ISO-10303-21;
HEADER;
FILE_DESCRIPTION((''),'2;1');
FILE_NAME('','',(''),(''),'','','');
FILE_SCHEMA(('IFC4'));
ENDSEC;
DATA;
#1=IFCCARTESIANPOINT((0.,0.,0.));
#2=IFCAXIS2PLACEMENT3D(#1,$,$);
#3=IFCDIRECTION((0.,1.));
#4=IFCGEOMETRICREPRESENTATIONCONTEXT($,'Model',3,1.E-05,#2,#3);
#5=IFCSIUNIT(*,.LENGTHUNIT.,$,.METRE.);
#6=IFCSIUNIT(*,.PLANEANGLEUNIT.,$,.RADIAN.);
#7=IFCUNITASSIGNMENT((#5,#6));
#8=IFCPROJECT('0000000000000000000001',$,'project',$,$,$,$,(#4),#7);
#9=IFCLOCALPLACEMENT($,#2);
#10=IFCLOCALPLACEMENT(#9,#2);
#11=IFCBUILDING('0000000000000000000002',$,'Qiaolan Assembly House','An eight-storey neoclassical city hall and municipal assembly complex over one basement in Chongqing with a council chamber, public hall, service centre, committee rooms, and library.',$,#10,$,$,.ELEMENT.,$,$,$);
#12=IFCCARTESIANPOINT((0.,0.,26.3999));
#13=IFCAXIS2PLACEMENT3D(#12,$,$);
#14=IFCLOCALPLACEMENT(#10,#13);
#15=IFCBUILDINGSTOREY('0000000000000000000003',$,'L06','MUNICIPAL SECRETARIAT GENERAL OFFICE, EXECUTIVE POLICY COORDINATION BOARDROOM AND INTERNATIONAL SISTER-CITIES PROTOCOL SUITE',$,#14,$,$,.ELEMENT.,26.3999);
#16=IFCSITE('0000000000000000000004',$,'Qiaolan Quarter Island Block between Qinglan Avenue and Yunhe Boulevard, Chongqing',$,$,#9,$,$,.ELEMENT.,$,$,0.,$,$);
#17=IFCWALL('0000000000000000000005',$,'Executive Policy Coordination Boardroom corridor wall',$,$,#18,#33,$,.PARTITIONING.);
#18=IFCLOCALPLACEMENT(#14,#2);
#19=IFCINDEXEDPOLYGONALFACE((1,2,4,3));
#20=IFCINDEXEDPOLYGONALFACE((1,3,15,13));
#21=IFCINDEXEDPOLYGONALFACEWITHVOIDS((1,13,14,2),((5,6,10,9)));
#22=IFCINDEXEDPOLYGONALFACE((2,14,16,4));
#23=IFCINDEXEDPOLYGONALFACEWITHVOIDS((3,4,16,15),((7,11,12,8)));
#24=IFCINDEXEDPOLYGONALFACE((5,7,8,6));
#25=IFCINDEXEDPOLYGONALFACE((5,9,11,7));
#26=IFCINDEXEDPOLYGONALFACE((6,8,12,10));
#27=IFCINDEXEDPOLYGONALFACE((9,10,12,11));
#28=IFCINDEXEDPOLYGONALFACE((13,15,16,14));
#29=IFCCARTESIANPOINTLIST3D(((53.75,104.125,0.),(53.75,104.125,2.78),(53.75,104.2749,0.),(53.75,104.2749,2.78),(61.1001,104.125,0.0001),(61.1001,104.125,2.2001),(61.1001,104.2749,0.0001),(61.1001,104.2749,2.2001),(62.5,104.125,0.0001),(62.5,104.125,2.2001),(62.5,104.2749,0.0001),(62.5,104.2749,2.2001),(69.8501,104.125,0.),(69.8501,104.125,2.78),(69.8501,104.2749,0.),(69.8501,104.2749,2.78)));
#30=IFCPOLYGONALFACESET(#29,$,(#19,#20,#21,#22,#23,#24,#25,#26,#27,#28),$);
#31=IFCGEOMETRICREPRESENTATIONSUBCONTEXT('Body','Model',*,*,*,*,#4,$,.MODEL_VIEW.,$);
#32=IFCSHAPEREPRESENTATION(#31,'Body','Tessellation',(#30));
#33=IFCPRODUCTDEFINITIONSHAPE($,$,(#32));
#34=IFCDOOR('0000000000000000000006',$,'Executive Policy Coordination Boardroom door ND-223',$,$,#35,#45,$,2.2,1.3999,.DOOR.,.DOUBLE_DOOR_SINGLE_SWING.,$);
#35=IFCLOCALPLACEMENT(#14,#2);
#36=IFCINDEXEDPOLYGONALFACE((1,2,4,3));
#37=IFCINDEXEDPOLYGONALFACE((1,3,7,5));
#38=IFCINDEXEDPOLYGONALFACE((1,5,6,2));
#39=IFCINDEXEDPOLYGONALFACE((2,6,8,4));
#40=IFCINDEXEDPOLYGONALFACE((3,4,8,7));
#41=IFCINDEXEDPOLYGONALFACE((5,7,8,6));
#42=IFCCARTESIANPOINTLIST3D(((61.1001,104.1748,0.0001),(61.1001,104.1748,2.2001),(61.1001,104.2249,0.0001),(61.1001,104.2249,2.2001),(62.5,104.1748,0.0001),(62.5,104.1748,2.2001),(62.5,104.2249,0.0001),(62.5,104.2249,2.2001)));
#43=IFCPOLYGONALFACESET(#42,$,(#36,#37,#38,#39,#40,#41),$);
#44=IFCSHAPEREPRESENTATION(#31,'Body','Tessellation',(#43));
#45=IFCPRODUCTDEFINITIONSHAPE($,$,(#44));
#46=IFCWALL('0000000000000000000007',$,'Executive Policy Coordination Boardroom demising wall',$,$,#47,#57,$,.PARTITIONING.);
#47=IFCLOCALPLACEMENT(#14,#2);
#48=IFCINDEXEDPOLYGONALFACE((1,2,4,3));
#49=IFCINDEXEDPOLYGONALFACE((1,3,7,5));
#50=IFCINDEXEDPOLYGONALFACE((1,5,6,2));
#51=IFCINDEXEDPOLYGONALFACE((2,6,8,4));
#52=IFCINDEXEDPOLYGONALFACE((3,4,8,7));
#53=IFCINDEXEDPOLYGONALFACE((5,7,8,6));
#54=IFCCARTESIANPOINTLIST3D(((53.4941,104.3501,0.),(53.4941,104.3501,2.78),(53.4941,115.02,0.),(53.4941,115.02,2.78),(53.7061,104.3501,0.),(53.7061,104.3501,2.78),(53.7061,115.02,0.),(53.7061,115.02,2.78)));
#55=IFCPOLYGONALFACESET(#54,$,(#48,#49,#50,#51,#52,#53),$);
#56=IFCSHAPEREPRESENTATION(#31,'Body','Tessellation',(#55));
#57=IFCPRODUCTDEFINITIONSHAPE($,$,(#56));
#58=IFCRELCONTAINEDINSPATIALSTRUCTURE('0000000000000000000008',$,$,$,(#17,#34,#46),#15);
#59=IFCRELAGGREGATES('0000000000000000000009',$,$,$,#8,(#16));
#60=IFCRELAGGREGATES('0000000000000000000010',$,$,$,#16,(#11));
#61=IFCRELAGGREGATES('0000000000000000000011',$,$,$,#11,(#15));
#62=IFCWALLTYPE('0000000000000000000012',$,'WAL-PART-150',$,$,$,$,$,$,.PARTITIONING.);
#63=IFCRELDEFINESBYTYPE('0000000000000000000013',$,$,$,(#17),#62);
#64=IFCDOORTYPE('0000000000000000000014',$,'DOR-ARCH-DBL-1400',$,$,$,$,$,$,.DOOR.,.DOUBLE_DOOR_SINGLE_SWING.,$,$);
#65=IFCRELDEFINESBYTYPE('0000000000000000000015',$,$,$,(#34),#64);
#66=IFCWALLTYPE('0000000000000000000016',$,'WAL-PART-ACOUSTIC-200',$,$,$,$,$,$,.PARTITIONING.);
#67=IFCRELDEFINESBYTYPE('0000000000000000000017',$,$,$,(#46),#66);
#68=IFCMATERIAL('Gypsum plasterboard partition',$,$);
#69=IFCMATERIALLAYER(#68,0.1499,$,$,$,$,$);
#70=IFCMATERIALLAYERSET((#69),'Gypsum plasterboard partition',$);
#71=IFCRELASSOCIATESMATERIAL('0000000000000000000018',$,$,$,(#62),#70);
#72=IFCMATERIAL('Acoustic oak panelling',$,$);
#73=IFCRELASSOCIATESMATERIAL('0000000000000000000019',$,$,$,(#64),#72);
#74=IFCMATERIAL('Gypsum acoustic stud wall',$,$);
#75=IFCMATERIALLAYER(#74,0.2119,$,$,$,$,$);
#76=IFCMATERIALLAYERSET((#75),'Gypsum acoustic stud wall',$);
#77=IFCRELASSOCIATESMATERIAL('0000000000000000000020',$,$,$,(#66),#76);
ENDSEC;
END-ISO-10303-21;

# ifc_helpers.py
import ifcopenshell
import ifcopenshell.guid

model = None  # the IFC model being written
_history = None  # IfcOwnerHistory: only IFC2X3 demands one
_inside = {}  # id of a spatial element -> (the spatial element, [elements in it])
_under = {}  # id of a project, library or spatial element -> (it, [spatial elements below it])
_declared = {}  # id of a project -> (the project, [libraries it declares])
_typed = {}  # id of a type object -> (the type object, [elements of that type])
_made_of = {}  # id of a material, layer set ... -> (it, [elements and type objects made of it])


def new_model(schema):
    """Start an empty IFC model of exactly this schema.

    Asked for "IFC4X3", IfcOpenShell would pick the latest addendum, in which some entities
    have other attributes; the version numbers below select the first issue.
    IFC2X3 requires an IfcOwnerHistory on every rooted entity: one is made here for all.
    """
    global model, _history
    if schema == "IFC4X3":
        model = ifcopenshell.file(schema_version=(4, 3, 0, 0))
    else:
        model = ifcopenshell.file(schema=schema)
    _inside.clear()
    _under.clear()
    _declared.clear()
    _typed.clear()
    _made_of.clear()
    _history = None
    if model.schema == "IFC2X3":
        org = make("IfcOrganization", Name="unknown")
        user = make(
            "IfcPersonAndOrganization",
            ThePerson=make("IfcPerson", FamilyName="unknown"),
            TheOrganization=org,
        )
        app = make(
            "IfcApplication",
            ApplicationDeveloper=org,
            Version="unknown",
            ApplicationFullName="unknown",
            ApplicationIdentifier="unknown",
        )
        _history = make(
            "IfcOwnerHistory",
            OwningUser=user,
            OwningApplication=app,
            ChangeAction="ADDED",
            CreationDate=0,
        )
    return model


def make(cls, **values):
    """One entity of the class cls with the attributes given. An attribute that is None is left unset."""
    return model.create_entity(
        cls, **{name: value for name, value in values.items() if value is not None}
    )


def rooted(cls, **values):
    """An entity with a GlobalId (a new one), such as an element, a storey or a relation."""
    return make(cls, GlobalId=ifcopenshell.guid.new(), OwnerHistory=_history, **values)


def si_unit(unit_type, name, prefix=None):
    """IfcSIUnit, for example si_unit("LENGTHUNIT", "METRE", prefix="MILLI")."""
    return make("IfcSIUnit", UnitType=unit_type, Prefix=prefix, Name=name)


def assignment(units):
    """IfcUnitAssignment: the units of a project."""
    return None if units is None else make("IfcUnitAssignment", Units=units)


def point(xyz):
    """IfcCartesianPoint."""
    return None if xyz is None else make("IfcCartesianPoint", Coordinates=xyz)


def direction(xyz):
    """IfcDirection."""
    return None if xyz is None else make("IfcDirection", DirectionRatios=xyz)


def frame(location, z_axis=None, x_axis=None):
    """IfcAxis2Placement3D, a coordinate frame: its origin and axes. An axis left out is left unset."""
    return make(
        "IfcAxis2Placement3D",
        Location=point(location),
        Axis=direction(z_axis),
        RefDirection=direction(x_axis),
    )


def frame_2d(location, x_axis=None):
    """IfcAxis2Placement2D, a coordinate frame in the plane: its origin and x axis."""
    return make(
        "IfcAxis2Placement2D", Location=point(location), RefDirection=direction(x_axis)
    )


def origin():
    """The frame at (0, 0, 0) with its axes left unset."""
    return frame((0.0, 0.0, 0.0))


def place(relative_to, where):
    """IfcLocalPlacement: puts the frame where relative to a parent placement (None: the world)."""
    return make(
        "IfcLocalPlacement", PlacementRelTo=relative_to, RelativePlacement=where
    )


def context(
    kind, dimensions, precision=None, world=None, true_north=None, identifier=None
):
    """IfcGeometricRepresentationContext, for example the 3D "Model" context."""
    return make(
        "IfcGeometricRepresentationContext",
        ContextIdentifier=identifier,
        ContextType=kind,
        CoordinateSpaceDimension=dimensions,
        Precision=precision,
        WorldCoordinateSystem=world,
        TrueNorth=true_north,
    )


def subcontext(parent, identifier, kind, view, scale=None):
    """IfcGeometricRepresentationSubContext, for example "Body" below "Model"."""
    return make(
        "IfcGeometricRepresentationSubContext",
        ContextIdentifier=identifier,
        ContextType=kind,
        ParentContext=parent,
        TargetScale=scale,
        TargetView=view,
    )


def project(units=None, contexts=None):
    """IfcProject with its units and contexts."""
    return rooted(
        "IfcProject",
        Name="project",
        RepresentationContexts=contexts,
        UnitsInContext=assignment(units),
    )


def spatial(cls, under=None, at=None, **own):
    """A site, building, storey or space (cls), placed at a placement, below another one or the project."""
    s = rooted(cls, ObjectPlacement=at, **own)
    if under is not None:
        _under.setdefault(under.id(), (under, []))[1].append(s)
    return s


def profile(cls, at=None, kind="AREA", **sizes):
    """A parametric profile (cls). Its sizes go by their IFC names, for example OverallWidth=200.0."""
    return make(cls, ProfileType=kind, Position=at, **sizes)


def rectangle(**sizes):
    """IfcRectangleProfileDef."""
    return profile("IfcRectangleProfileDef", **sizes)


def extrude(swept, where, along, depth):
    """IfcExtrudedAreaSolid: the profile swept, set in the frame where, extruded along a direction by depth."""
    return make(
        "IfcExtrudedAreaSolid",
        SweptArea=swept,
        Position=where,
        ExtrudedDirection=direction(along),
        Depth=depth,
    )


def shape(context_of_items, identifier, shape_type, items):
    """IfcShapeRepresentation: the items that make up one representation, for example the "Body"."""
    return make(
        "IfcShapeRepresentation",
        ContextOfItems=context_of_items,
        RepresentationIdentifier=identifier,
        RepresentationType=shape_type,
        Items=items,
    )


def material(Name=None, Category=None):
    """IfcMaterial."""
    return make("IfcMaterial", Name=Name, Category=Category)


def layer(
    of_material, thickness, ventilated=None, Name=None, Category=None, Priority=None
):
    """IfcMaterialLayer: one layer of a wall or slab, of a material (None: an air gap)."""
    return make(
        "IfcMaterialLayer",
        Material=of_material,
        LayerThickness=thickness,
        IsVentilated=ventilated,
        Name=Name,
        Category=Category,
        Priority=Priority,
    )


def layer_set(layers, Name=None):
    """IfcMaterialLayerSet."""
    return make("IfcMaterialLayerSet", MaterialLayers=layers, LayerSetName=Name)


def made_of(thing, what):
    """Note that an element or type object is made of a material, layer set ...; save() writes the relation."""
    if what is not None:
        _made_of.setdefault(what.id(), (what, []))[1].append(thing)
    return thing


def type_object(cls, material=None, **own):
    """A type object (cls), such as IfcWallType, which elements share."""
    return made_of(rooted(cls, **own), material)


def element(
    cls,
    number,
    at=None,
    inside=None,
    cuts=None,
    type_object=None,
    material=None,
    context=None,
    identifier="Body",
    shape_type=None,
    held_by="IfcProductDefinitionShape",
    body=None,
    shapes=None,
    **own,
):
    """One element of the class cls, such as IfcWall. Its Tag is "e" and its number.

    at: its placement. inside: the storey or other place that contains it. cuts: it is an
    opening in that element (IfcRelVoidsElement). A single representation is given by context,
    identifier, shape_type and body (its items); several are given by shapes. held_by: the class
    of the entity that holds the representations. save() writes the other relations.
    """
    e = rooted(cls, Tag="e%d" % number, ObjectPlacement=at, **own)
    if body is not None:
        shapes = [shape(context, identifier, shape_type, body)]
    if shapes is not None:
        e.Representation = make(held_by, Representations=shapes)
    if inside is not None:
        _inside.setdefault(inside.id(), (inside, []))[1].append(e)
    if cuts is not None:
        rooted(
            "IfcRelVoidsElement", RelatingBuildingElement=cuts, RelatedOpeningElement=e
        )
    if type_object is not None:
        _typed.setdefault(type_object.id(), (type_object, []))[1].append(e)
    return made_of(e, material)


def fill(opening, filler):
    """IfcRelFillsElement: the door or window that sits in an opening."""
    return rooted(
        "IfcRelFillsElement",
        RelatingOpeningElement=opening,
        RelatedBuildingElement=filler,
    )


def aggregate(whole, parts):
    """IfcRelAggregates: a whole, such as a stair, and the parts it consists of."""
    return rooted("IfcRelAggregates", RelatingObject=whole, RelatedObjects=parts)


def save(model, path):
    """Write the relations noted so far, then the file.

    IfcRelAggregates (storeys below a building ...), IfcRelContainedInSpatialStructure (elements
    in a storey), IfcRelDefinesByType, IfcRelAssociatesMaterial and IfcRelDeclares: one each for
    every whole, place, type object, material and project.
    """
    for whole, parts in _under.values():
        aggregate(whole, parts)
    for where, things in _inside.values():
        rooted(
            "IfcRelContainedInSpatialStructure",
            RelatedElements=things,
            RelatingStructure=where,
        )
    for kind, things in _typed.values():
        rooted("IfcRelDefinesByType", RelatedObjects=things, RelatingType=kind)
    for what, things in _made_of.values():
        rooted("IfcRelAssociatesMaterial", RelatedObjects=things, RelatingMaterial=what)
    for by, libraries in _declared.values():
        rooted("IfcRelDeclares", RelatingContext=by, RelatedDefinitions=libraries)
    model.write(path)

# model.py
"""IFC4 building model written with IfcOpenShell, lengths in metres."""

from ifc_helpers import new_model, si_unit, direction, frame, frame_2d, origin, place, context, subcontext, project, spatial, rectangle, extrude, material, layer, layer_set, type_object, element, fill, save


model = new_model("IFC4")

# Units and contexts
model_context = context("Model", 3, precision=1e-05, world=origin(), true_north=direction((0.0, 1.0)))
body_context = subcontext(model_context, "Body", "Model", "MODEL_VIEW")
ifc_project = project(units=[si_unit("LENGTHUNIT", "METRE"), si_unit("PLANEANGLEUNIT", "RADIAN")], contexts=[model_context])

# Site, building, storey
site_placement = place(None, origin())
site = spatial("IfcSite", under=ifc_project, at=site_placement, Name="Qiaolan Quarter Island Block between Qinglan Avenue and Yunhe Boulevard, Chongqing", CompositionType="ELEMENT", RefElevation=0.0)
building_placement = place(site_placement, origin())
building = spatial("IfcBuilding", under=site, at=building_placement, Name="Qiaolan Assembly House", Description="An eight-storey neoclassical city hall and municipal assembly complex over one basement in Chongqing with a council chamber, public hall, service centre, committee rooms, and library.", CompositionType="ELEMENT")
storey_placement = place(building_placement, frame((0.0, 0.0, 26.3999)))
storey = spatial("IfcBuildingStorey", under=building, at=storey_placement, Name="L06", Description="MUNICIPAL SECRETARIAT GENERAL OFFICE, EXECUTIVE POLICY COORDINATION BOARDROOM AND INTERNATIONAL SISTER-CITIES PROTOCOL SUITE", CompositionType="ELEMENT", Elevation=26.3999)

# Wall, opening, door
ifc_material_1 = material(Name="Gypsum plasterboard partition")
ifc_layer_1 = layer(ifc_material_1, 0.1499)
ifc_layer_set_1 = layer_set([ifc_layer_1], Name="Gypsum plasterboard partition")
wall_type_1 = type_object("IfcWallType", Name="WAL-PART-150", PredefinedType="PARTITIONING", material=ifc_layer_set_1)
wall_1_placement = place(storey_placement, frame((53.75, 104.2, 0.0), z_axis=(0.0, 0.0, 1.0), x_axis=(1.0, 0.0, 0.0)))
wall_1 = element("IfcWall", 1, at=wall_1_placement, inside=storey, type_object=wall_type_1, Name="Executive Policy Coordination Boardroom corridor wall", PredefinedType="PARTITIONING", context=body_context, shape_type="SweptSolid", body=[
    extrude(rectangle(XDim=16.1001, YDim=0.1499, at=frame_2d((8.05, 0.0))), origin(), (0.0, 0.0, 1.0), 2.78),
])
opening_1_placement = place(wall_1_placement, frame((7.3501, 0.0, 0.0)))
opening_1 = element("IfcOpeningElement", 2, at=opening_1_placement, cuts=wall_1, PredefinedType="OPENING", context=body_context, shape_type="SweptSolid", body=[
    extrude(rectangle(XDim=1.3999, YDim=2.2, at=frame_2d((0.7, 1.1001))), frame((0.0, 0.085, 0.0), z_axis=(0.0, -1.0, 0.0), x_axis=(1.0, 0.0, 0.0)), (0.0, 0.0, 1.0), 0.1699),
])
ifc_material_2 = material(Name="Acoustic oak panelling")
door_type = type_object("IfcDoorType", Name="DOR-ARCH-DBL-1400", OperationType="DOUBLE_DOOR_SINGLE_SWING", PredefinedType="DOOR", material=ifc_material_2)
door_placement = place(opening_1_placement, origin())
door = element("IfcDoor", 3, at=door_placement, inside=storey, type_object=door_type, Name="Executive Policy Coordination Boardroom door ND-223", OperationType="DOUBLE_DOOR_SINGLE_SWING", OverallHeight=2.2, OverallWidth=1.3999, PredefinedType="DOOR", context=body_context, shape_type="SweptSolid", body=[
    extrude(rectangle(XDim=1.3999, YDim=2.2, at=frame_2d((0.7, 1.1001))), frame((0.0, 0.0249, 0.0), z_axis=(0.0, -1.0, 0.0), x_axis=(1.0, 0.0, 0.0)), (0.0, 0.0, 1.0), 0.05),
])
fill(opening_1, door)

# Wall
ifc_material_3 = material(Name="Gypsum acoustic stud wall")
ifc_layer_2 = layer(ifc_material_3, 0.2119)
ifc_layer_set_2 = layer_set([ifc_layer_2], Name="Gypsum acoustic stud wall")
wall_type_2 = type_object("IfcWallType", Name="WAL-PART-ACOUSTIC-200", PredefinedType="PARTITIONING", material=ifc_layer_set_2)
wall_2_placement = place(storey_placement, frame((53.6001, 104.3501, 0.0), z_axis=(0.0, 0.0, 1.0), x_axis=(0.0, 1.0, 0.0)))
element("IfcWall", 4, at=wall_2_placement, inside=storey, type_object=wall_type_2, Name="Executive Policy Coordination Boardroom demising wall", PredefinedType="PARTITIONING", context=body_context, shape_type="SweptSolid", body=[
    extrude(rectangle(XDim=10.6699, YDim=0.2119, at=frame_2d((5.335, 0.0))), origin(), (0.0, 0.0, 1.0), 2.78),
])

save(model, "model.ifc")
